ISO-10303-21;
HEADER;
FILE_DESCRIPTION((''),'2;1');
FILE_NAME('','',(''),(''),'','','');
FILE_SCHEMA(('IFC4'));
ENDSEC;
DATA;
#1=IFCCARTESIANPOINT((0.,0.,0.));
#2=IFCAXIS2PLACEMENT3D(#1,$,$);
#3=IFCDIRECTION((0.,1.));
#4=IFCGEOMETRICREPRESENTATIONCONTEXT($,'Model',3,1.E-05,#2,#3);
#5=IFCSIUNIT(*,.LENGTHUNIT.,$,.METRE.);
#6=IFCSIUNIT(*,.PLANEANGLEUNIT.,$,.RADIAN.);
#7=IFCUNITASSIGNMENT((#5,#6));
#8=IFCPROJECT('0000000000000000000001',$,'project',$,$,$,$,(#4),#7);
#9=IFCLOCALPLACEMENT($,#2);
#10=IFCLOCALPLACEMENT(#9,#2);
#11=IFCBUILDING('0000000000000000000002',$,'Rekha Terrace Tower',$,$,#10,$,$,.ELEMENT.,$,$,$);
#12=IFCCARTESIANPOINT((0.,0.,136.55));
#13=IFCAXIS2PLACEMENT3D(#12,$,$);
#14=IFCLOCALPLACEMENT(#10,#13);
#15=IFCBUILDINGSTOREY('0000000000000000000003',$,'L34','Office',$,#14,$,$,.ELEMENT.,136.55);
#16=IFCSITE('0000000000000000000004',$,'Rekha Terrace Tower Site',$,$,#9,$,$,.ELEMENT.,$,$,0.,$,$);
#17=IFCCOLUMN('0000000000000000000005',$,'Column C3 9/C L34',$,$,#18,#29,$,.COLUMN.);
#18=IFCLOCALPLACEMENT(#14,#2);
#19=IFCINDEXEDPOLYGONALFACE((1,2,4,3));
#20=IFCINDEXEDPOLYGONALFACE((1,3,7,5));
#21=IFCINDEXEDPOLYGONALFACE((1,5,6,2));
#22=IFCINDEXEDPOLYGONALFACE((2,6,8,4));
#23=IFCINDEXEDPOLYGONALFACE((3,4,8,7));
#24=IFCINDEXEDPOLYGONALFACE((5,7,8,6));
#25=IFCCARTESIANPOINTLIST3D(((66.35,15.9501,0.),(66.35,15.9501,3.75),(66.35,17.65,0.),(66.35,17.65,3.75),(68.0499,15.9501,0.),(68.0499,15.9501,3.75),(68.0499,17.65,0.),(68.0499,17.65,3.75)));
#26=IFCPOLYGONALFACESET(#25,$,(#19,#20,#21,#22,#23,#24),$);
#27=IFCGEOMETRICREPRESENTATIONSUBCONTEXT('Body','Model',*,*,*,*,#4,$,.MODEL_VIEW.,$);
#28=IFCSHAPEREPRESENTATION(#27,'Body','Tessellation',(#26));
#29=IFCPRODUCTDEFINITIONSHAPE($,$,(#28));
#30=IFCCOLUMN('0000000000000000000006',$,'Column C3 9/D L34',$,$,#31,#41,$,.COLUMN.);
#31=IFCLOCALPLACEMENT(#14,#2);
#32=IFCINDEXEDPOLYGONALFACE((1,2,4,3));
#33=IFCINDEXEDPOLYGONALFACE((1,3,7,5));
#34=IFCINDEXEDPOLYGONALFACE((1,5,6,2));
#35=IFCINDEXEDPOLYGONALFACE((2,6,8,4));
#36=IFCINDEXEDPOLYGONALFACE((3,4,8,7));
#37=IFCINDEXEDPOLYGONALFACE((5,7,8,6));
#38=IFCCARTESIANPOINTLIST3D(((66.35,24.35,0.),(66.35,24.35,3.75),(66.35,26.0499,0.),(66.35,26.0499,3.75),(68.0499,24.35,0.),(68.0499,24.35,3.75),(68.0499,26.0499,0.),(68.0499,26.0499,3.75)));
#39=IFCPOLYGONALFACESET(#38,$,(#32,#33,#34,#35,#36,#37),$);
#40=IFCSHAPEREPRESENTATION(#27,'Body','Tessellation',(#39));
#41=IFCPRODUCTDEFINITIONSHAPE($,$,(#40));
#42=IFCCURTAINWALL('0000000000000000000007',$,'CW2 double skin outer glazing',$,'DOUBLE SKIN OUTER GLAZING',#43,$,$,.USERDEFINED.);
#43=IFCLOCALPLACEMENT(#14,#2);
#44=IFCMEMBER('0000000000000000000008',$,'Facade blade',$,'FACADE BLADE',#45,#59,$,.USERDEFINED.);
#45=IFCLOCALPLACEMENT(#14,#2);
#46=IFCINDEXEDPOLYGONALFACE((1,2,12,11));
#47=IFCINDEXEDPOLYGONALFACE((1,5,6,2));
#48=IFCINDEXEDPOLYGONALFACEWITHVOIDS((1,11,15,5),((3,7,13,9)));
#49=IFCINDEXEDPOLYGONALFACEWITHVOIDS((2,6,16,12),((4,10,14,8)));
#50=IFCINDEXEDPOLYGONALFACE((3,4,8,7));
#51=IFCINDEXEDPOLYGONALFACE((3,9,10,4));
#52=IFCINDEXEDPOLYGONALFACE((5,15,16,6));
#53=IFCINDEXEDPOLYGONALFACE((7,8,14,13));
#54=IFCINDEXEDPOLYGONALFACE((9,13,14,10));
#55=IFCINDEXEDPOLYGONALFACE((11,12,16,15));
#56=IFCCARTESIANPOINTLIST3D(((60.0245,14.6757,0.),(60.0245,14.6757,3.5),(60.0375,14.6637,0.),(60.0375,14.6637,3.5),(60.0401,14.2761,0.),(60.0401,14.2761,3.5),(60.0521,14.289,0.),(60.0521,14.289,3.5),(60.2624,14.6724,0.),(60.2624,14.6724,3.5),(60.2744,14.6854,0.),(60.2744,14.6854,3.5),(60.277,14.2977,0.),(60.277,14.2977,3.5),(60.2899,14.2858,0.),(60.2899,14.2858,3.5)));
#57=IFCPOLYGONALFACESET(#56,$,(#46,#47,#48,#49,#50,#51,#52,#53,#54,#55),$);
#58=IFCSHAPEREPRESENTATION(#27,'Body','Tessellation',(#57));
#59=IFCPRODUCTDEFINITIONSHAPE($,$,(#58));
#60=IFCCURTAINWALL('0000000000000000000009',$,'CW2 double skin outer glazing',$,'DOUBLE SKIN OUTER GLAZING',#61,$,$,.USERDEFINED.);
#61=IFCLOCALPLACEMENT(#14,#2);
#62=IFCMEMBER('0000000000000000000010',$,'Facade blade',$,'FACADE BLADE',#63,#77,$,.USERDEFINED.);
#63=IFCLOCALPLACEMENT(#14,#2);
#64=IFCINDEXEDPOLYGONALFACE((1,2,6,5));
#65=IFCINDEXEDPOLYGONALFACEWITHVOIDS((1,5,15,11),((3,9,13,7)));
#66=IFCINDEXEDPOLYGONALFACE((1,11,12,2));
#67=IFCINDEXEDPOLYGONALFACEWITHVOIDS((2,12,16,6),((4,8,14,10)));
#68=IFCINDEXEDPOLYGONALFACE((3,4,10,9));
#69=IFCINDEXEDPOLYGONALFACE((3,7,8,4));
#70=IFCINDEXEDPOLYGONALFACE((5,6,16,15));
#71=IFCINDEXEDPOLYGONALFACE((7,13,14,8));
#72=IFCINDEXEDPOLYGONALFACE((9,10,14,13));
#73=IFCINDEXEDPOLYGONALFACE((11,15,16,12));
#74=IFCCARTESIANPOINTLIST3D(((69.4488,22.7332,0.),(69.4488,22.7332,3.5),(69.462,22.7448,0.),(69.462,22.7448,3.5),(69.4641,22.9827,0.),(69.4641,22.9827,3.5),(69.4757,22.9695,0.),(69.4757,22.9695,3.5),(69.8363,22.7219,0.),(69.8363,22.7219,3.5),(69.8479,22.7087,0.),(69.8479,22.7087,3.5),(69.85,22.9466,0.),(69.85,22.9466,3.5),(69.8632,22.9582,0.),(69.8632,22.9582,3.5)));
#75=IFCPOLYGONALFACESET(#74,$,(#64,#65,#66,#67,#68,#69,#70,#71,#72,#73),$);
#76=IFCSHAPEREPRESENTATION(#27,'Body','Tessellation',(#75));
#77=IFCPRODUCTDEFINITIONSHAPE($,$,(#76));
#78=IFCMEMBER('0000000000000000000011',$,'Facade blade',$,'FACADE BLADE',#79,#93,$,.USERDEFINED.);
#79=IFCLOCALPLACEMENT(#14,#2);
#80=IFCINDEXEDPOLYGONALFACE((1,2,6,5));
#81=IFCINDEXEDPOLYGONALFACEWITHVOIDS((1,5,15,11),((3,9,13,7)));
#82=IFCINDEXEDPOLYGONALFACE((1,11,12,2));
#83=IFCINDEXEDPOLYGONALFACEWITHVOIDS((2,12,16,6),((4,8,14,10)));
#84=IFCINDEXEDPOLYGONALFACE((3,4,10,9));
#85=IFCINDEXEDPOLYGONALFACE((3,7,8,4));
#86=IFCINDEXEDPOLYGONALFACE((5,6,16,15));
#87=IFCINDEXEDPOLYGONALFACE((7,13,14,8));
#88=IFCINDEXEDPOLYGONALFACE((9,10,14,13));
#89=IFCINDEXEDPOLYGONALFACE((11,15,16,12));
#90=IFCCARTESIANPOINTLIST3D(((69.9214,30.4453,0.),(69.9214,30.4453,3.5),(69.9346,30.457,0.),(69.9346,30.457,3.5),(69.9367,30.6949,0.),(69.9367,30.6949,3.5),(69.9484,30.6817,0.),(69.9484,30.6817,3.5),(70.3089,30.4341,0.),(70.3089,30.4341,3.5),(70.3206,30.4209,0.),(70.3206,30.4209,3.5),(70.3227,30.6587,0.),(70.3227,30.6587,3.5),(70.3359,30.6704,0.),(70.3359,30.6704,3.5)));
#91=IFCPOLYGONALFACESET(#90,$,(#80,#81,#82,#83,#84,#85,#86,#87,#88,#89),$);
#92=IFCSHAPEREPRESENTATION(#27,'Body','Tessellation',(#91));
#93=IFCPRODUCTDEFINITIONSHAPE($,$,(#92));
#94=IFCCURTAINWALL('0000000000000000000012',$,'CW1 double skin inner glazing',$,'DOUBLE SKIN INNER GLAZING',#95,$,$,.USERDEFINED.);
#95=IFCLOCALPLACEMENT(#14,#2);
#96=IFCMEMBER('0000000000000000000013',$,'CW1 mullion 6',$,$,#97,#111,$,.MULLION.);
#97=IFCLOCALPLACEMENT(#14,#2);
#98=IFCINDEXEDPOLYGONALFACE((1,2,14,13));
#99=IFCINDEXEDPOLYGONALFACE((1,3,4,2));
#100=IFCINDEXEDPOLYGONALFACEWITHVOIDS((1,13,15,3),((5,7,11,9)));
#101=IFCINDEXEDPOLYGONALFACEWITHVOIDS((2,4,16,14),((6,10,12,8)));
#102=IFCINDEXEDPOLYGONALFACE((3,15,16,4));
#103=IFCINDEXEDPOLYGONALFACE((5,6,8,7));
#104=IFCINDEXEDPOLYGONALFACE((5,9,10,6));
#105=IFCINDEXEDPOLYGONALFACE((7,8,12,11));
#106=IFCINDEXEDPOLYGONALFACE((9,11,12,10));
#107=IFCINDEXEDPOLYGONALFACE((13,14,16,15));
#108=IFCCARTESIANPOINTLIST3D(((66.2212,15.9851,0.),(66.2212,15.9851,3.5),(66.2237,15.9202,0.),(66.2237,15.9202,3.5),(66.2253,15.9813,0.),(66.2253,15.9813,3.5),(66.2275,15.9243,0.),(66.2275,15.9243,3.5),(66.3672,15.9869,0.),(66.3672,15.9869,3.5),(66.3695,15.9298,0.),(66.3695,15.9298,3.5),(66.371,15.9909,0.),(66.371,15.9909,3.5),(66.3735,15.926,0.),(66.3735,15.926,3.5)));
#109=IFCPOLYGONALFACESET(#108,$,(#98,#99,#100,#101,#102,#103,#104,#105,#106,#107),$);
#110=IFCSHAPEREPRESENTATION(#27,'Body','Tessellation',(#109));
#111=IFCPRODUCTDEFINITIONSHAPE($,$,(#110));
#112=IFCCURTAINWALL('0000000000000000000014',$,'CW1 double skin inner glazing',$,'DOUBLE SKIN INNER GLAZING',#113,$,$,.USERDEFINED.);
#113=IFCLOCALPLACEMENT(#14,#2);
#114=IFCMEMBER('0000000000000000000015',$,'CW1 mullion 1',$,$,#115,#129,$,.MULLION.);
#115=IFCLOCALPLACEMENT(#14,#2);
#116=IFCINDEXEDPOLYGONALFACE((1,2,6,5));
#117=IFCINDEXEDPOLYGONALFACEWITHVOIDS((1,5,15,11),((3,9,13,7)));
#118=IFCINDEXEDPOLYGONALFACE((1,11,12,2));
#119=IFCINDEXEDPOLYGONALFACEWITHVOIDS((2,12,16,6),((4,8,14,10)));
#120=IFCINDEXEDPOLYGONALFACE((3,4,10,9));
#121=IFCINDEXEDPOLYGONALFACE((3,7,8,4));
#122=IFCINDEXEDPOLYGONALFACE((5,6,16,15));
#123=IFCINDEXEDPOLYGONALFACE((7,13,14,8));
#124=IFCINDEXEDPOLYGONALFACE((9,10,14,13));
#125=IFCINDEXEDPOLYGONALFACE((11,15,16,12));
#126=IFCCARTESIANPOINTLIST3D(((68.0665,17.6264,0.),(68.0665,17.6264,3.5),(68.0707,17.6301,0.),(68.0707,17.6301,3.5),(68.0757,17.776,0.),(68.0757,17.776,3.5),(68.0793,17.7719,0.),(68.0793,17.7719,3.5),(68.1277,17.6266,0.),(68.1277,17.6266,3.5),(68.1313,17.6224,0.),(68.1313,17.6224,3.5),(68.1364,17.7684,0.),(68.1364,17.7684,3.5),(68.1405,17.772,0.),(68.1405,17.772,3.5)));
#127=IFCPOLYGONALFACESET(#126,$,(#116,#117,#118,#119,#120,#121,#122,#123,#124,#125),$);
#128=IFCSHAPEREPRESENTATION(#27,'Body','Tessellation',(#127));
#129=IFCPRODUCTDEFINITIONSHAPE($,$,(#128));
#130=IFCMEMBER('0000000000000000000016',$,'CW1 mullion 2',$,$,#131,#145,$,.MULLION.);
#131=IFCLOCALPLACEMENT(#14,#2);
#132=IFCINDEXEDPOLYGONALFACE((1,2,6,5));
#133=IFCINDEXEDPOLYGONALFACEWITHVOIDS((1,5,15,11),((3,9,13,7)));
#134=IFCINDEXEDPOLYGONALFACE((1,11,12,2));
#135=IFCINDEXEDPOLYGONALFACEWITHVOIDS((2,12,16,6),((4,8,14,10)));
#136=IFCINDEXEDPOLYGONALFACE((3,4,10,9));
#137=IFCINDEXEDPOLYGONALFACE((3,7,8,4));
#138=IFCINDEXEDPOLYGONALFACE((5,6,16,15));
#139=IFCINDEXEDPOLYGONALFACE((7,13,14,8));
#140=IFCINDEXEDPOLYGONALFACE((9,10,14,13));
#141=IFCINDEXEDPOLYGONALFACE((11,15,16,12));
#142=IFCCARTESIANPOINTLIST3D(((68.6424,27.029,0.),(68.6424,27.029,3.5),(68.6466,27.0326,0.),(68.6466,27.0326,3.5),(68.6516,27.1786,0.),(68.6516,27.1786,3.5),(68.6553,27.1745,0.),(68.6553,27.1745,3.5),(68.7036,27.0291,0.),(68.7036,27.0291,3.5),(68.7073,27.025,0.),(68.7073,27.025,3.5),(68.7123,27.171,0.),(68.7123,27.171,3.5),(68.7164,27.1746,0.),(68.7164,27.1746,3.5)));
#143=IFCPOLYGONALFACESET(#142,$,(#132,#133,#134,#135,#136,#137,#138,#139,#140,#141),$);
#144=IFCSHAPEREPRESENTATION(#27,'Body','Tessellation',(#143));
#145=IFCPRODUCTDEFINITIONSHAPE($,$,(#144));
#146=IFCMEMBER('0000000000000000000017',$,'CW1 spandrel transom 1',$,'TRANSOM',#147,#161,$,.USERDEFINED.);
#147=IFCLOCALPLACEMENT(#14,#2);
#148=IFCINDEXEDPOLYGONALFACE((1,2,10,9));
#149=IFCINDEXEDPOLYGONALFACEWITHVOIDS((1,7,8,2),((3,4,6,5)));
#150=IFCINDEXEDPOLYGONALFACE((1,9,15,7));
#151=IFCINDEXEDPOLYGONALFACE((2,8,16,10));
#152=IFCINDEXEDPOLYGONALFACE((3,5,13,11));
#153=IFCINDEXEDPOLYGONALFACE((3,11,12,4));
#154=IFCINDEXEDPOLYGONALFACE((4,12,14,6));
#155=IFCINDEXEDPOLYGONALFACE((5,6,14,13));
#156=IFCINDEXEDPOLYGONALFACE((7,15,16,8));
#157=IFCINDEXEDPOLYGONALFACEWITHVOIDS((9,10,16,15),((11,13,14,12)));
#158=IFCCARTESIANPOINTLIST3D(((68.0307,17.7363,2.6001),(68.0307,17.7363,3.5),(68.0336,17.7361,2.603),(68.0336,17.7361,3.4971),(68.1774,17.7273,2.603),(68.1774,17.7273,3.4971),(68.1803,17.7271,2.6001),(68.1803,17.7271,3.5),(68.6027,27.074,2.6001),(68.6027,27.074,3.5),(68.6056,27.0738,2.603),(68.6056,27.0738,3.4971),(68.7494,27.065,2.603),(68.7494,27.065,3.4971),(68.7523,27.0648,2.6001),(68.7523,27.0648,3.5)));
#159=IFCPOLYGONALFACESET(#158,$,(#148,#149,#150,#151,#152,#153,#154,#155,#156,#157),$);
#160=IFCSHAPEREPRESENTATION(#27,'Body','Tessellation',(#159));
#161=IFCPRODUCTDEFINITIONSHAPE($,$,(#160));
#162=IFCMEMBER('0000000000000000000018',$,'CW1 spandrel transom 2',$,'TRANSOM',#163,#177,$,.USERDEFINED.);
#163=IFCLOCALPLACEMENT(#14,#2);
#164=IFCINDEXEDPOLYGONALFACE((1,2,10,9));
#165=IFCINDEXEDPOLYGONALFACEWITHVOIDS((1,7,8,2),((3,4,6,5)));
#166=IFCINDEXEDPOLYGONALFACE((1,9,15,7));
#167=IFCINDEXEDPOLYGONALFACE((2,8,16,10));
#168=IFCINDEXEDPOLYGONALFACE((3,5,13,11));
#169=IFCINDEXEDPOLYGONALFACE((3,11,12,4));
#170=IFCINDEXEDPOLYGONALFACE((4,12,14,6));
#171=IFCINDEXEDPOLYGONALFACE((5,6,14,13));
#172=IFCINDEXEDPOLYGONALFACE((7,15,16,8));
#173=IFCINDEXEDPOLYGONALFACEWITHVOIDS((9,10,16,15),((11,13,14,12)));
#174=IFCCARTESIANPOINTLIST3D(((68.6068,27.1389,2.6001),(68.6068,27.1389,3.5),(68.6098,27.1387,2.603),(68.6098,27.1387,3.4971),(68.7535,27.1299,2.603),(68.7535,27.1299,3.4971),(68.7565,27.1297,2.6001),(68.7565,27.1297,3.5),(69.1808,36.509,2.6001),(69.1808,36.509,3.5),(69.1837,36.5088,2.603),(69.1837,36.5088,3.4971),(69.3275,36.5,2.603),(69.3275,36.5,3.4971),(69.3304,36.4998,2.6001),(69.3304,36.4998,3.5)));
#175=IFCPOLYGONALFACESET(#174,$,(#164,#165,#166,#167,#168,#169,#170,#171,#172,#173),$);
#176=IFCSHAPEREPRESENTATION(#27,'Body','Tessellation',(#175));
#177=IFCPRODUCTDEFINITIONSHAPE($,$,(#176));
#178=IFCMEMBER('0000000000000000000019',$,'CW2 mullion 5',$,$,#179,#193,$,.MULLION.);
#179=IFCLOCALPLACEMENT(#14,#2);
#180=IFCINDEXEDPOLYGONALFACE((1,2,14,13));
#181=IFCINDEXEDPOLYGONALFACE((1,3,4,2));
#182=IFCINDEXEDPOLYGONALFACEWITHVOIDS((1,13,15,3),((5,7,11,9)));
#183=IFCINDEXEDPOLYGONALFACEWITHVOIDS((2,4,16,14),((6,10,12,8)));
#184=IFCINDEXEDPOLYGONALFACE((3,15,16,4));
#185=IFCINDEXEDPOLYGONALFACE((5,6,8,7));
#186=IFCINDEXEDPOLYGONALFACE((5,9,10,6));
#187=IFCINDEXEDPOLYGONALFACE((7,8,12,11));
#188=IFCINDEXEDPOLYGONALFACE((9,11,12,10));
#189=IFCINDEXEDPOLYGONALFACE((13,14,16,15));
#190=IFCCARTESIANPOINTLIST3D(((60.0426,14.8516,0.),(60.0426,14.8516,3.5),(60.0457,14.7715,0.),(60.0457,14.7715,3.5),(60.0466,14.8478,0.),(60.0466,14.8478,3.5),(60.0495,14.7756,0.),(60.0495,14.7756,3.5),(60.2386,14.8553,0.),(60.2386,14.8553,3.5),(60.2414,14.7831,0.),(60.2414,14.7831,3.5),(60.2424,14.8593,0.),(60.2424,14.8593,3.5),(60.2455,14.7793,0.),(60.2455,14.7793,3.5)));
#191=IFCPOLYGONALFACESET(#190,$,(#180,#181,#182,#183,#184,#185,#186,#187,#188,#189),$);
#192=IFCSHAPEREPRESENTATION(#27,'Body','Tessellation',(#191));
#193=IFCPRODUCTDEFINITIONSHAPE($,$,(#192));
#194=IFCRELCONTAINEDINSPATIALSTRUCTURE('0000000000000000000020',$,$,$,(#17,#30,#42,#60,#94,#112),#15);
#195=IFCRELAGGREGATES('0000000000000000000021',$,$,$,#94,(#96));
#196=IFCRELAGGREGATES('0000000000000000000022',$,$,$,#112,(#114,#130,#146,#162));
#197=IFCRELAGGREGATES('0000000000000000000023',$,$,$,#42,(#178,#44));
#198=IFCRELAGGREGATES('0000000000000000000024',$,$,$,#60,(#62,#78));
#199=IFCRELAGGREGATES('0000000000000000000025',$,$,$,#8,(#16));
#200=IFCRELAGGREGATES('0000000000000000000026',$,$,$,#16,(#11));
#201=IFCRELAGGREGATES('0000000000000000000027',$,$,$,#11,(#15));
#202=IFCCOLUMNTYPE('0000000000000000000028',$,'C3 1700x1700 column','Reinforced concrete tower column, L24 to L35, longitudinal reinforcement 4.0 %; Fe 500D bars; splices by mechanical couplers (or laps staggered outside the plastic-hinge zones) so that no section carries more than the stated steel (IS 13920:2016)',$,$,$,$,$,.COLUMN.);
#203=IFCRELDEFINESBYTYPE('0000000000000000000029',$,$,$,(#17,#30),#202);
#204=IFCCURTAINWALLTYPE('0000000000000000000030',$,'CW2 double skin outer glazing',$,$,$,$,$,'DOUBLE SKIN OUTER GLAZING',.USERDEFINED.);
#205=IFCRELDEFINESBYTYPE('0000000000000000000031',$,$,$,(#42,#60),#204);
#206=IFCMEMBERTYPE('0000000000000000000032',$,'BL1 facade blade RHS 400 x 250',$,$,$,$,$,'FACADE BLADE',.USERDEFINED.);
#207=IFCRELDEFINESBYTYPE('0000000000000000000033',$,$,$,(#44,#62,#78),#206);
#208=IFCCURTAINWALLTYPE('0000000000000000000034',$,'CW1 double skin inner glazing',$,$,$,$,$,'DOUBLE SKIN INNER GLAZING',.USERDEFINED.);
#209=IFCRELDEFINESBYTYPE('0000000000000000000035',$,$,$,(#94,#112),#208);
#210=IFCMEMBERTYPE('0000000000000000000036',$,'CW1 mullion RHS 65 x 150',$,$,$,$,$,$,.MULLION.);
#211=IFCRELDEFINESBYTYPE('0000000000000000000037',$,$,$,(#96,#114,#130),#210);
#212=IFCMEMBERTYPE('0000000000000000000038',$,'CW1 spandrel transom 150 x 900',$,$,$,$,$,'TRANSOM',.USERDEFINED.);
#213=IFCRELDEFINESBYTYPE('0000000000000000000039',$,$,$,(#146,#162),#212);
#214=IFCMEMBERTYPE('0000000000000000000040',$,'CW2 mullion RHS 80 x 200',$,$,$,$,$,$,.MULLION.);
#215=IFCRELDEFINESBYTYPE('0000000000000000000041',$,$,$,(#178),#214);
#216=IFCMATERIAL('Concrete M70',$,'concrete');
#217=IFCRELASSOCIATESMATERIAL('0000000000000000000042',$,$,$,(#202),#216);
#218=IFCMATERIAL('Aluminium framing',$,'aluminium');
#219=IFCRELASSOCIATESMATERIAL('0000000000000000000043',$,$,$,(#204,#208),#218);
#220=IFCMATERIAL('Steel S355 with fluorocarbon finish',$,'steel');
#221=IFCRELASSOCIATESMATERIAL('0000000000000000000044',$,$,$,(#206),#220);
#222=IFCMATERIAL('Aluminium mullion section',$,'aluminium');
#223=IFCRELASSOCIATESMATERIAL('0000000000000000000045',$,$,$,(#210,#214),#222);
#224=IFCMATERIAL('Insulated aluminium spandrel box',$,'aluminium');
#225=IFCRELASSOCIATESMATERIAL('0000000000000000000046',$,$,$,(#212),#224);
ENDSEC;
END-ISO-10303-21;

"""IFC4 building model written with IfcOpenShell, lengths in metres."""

from ifc_helpers import new_model, si_unit, direction, frame, origin, origin_2d, place, context, subcontext, project, spatial, rectangle, hollow_rectangle, extrude, material, material_profile, profile_set, type_object, element, aggregate, save


model = new_model("IFC4")

# Units and contexts
model_context = context("Model", 3, precision=1e-05, world=origin(), true_north=direction((0.0, 1.0)))
body_context = subcontext(model_context, "Body", "Model", "MODEL_VIEW")
ifc_project = project(units=[si_unit("LENGTHUNIT", "METRE"), si_unit("PLANEANGLEUNIT", "RADIAN")], contexts=[model_context])

# Site, building, storey
site_placement = place(None, origin())
site = spatial("IfcSite", under=ifc_project, at=site_placement, Name="Rekha Terrace Tower Site", CompositionType="ELEMENT", RefElevation=0.0)
building_placement = place(site_placement, origin())
building = spatial("IfcBuilding", under=site, at=building_placement, Name="Rekha Terrace Tower", CompositionType="ELEMENT")
storey_placement = place(building_placement, frame((0.0, 0.0, 136.55)))
storey = spatial("IfcBuildingStorey", under=building, at=storey_placement, Name="L34", Description="Office", CompositionType="ELEMENT", Elevation=136.55)

# Columns
ifc_material_1 = material(Name="Concrete M70", Category="concrete")
ifc_material_profile_1 = material_profile(ifc_material_1, rectangle(XDim=1.7, YDim=1.7, at=origin_2d()), Name="RC 1700x1700")
ifc_profile_set_1 = profile_set([ifc_material_profile_1], Name="Concrete M70")
column_type = type_object("IfcColumnType", Name="C3 1700x1700 column", Description="Reinforced concrete tower column, L24 to L35, longitudinal reinforcement 4.0 %; Fe 500D bars; splices by mechanical couplers (or laps staggered outside the plastic-hinge zones) so that no section carries more than the stated steel (IS 13920:2016)", PredefinedType="COLUMN", material=ifc_profile_set_1)
for number, where, z_axis, x_axis, name in (
    (1, (67.2, 16.8, 0.0), (0.0, 0.0, 1.0), (1.0, 0.0, 0.0), "Column C3 9/C L34"),
    (2, (67.2, 25.2, 0.0), (0.0, 0.0, 1.0), (1.0, 0.0, 0.0), "Column C3 9/D L34"),
):
    element("IfcColumn", number, at=place(storey_placement, frame(where, z_axis=z_axis, x_axis=x_axis)), inside=storey, type_object=column_type, Name=name, PredefinedType="COLUMN", context=body_context, shape_type="SweptSolid", body=[
        extrude(rectangle(XDim=1.7, YDim=1.7, at=origin_2d()), origin(), (0.0, 0.0, 1.0), 3.75),
    ])

# Curtain wall, member
ifc_material_2 = material(Name="Aluminium framing", Category="aluminium")
curtain_wall_type_1 = type_object("IfcCurtainWallType", Name="CW2 double skin outer glazing", ElementType="DOUBLE SKIN OUTER GLAZING", PredefinedType="USERDEFINED", material=ifc_material_2)
curtain_wall_1_placement = place(storey_placement, origin())
curtain_wall_1 = element("IfcCurtainWall", 3, at=curtain_wall_1_placement, inside=storey, type_object=curtain_wall_type_1, Name="CW2 double skin outer glazing", ObjectType="DOUBLE SKIN OUTER GLAZING", PredefinedType="USERDEFINED")
ifc_material_3 = material(Name="Steel S355 with fluorocarbon finish", Category="steel")
ifc_material_profile_2 = material_profile(ifc_material_3, hollow_rectangle(XDim=0.25, YDim=0.3999, WallThickness=0.0125, at=origin_2d()), Name="RHS400x250x12.5")
ifc_profile_set_2 = profile_set([ifc_material_profile_2], Name="Steel S355 with fluorocarbon finish")
member_type_1 = type_object("IfcMemberType", Name="BL1 facade blade RHS 400 x 250", ElementType="FACADE BLADE", PredefinedType="USERDEFINED", material=ifc_profile_set_2)
member_1_placement = place(storey_placement, frame((60.1572, 14.4807, 0.0), z_axis=(0.0, 0.0, 1.0), x_axis=(0.999243, 0.03889, 0.0)))
member_1 = element("IfcMember", 4, at=member_1_placement, type_object=member_type_1, Name="Facade blade", ObjectType="FACADE BLADE", PredefinedType="USERDEFINED", context=body_context, shape_type="SweptSolid", body=[
    extrude(hollow_rectangle(XDim=0.25, YDim=0.3999, WallThickness=0.0125, at=origin_2d()), origin(), (0.0, 0.0, 1.0), 3.5),
])

# Curtain wall, members
curtain_wall_2_placement = place(storey_placement, origin())
curtain_wall_2 = element("IfcCurtainWall", 5, at=curtain_wall_2_placement, inside=storey, type_object=curtain_wall_type_1, Name="CW2 double skin outer glazing", ObjectType="DOUBLE SKIN OUTER GLAZING", PredefinedType="USERDEFINED")
member_2_placement = place(storey_placement, frame((69.656, 22.8457, 0.0), z_axis=(0.0, 0.0, 1.0), x_axis=(0.06116, 0.998128, 0.0)))
member_2 = element("IfcMember", 6, at=member_2_placement, type_object=member_type_1, Name="Facade blade", ObjectType="FACADE BLADE", PredefinedType="USERDEFINED", context=body_context, shape_type="SweptSolid", body=[
    extrude(hollow_rectangle(XDim=0.25, YDim=0.3999, WallThickness=0.0125, at=origin_2d()), origin(), (0.0, 0.0, 1.0), 3.5),
])
member_3_placement = place(storey_placement, frame((70.1287, 30.5579, 0.0), z_axis=(0.0, 0.0, 1.0), x_axis=(0.06116, 0.998128, 0.0)))
member_3 = element("IfcMember", 7, at=member_3_placement, type_object=member_type_1, Name="Facade blade", ObjectType="FACADE BLADE", PredefinedType="USERDEFINED", context=body_context, shape_type="SweptSolid", body=[
    extrude(hollow_rectangle(XDim=0.25, YDim=0.3999, WallThickness=0.0125, at=origin_2d()), origin(), (0.0, 0.0, 1.0), 3.5),
])

# Curtain wall, member
curtain_wall_type_2 = type_object("IfcCurtainWallType", Name="CW1 double skin inner glazing", ElementType="DOUBLE SKIN INNER GLAZING", PredefinedType="USERDEFINED", material=ifc_material_2)
curtain_wall_3_placement = place(storey_placement, origin())
curtain_wall_3 = element("IfcCurtainWall", 8, at=curtain_wall_3_placement, inside=storey, type_object=curtain_wall_type_2, Name="CW1 double skin inner glazing", ObjectType="DOUBLE SKIN INNER GLAZING", PredefinedType="USERDEFINED")
ifc_material_4 = material(Name="Aluminium mullion section", Category="aluminium")
ifc_material_profile_3 = material_profile(ifc_material_4, hollow_rectangle(XDim=0.0649, YDim=0.1499, WallThickness=0.0039, at=origin_2d()), Name="AL RHS 65x150")
ifc_profile_set_3 = profile_set([ifc_material_profile_3], Name="Aluminium mullion section")
member_type_2 = type_object("IfcMemberType", Name="CW1 mullion RHS 65 x 150", PredefinedType="MULLION", material=ifc_profile_set_3)
member_4_placement = place(storey_placement, frame((66.2974, 15.9556, 0.0), z_axis=(0.0, 0.0, 1.0), x_axis=(-0.03889, 0.999243, 0.0)))
member_4 = element("IfcMember", 9, at=member_4_placement, type_object=member_type_2, Name="CW1 mullion 6", PredefinedType="MULLION", context=body_context, shape_type="SweptSolid", body=[
    extrude(hollow_rectangle(XDim=0.0649, YDim=0.1499, WallThickness=0.0039, at=origin_2d()), origin(), (0.0, 0.0, 1.0), 3.5),
])

# Curtain wall, members
curtain_wall_4_placement = place(storey_placement, origin())
curtain_wall_4 = element("IfcCurtainWall", 10, at=curtain_wall_4_placement, inside=storey, type_object=curtain_wall_type_2, Name="CW1 double skin inner glazing", ObjectType="DOUBLE SKIN INNER GLAZING", PredefinedType="USERDEFINED")
member_5_placement = place(storey_placement, frame((68.1035, 17.6992, 0.0), z_axis=(0.0, 0.0, 1.0), x_axis=(-0.998128, 0.06116, 0.0)))
member_5 = element("IfcMember", 11, at=member_5_placement, type_object=member_type_2, Name="CW1 mullion 1", PredefinedType="MULLION", context=body_context, shape_type="SweptSolid", body=[
    extrude(hollow_rectangle(XDim=0.0649, YDim=0.1499, WallThickness=0.0039, at=origin_2d()), origin(), (0.0, 0.0, 1.0), 3.5),
])
member_6_placement = place(storey_placement, frame((68.6794, 27.1018, 0.0), z_axis=(0.0, 0.0, 1.0), x_axis=(-0.998128, 0.06116, 0.0)))
member_6 = element("IfcMember", 12, at=member_6_placement, type_object=member_type_2, Name="CW1 mullion 2", PredefinedType="MULLION", context=body_context, shape_type="SweptSolid", body=[
    extrude(hollow_rectangle(XDim=0.0649, YDim=0.1499, WallThickness=0.0039, at=origin_2d()), origin(), (0.0, 0.0, 1.0), 3.5),
])
ifc_material_5 = material(Name="Insulated aluminium spandrel box", Category="aluminium")
ifc_material_profile_4 = material_profile(ifc_material_5, hollow_rectangle(XDim=0.1499, YDim=0.8999, WallThickness=0.0029, at=origin_2d()), Name="AL SPANDREL BOX 150x900")
ifc_profile_set_4 = profile_set([ifc_material_profile_4], Name="Insulated aluminium spandrel box")
member_type_3 = type_object("IfcMemberType", Name="CW1 spandrel transom 150 x 900", ElementType="TRANSOM", PredefinedType="USERDEFINED", material=ifc_profile_set_4)
member_7_placement = place(storey_placement, frame((68.1055, 17.7317, 3.05), z_axis=(0.061145, 0.998129, 0.0), x_axis=(-0.998129, 0.061145, 0.0)))
member_7 = element("IfcMember", 13, at=member_7_placement, type_object=member_type_3, Name="CW1 spandrel transom 1", ObjectType="TRANSOM", PredefinedType="USERDEFINED", context=body_context, shape_type="SweptSolid", body=[
    extrude(hollow_rectangle(XDim=0.1499, YDim=0.8999, WallThickness=0.0029, at=origin_2d()), origin(), (0.0, 0.0, 1.0), 9.3552),
])
member_8_placement = place(storey_placement, frame((68.6816, 27.1343, 3.05), z_axis=(0.061141, 0.998129, 0.0), x_axis=(-0.998129, 0.061141, 0.0)))
member_8 = element("IfcMember", 14, at=member_8_placement, type_object=member_type_3, Name="CW1 spandrel transom 2", ObjectType="TRANSOM", PredefinedType="USERDEFINED", context=body_context, shape_type="SweptSolid", body=[
    extrude(hollow_rectangle(XDim=0.1499, YDim=0.8999, WallThickness=0.0029, at=origin_2d()), origin(), (0.0, 0.0, 1.0), 9.3877),
])

# Member
ifc_material_profile_5 = material_profile(ifc_material_4, hollow_rectangle(XDim=0.0801, YDim=0.2, WallThickness=0.0039, at=origin_2d()), Name="AL RHS 80x200")
ifc_profile_set_5 = profile_set([ifc_material_profile_5], Name="Aluminium mullion section")
member_type_4 = type_object("IfcMemberType", Name="CW2 mullion RHS 80 x 200", PredefinedType="MULLION", material=ifc_profile_set_5)
member_9_placement = place(storey_placement, frame((60.144, 14.8154, 0.0), z_axis=(0.0, 0.0, 1.0), x_axis=(-0.03889, 0.999243, 0.0)))
member_9 = element("IfcMember", 15, at=member_9_placement, type_object=member_type_4, Name="CW2 mullion 5", PredefinedType="MULLION", context=body_context, shape_type="SweptSolid", body=[
    extrude(hollow_rectangle(XDim=0.0801, YDim=0.2, WallThickness=0.0039, at=origin_2d()), origin(), (0.0, 0.0, 1.0), 3.5),
])

aggregate(curtain_wall_3, [member_4])
aggregate(curtain_wall_4, [member_5, member_6, member_7, member_8])
aggregate(curtain_wall_1, [member_9, member_1])
aggregate(curtain_wall_2, [member_2, member_3])

save(model, "model.ifc")
